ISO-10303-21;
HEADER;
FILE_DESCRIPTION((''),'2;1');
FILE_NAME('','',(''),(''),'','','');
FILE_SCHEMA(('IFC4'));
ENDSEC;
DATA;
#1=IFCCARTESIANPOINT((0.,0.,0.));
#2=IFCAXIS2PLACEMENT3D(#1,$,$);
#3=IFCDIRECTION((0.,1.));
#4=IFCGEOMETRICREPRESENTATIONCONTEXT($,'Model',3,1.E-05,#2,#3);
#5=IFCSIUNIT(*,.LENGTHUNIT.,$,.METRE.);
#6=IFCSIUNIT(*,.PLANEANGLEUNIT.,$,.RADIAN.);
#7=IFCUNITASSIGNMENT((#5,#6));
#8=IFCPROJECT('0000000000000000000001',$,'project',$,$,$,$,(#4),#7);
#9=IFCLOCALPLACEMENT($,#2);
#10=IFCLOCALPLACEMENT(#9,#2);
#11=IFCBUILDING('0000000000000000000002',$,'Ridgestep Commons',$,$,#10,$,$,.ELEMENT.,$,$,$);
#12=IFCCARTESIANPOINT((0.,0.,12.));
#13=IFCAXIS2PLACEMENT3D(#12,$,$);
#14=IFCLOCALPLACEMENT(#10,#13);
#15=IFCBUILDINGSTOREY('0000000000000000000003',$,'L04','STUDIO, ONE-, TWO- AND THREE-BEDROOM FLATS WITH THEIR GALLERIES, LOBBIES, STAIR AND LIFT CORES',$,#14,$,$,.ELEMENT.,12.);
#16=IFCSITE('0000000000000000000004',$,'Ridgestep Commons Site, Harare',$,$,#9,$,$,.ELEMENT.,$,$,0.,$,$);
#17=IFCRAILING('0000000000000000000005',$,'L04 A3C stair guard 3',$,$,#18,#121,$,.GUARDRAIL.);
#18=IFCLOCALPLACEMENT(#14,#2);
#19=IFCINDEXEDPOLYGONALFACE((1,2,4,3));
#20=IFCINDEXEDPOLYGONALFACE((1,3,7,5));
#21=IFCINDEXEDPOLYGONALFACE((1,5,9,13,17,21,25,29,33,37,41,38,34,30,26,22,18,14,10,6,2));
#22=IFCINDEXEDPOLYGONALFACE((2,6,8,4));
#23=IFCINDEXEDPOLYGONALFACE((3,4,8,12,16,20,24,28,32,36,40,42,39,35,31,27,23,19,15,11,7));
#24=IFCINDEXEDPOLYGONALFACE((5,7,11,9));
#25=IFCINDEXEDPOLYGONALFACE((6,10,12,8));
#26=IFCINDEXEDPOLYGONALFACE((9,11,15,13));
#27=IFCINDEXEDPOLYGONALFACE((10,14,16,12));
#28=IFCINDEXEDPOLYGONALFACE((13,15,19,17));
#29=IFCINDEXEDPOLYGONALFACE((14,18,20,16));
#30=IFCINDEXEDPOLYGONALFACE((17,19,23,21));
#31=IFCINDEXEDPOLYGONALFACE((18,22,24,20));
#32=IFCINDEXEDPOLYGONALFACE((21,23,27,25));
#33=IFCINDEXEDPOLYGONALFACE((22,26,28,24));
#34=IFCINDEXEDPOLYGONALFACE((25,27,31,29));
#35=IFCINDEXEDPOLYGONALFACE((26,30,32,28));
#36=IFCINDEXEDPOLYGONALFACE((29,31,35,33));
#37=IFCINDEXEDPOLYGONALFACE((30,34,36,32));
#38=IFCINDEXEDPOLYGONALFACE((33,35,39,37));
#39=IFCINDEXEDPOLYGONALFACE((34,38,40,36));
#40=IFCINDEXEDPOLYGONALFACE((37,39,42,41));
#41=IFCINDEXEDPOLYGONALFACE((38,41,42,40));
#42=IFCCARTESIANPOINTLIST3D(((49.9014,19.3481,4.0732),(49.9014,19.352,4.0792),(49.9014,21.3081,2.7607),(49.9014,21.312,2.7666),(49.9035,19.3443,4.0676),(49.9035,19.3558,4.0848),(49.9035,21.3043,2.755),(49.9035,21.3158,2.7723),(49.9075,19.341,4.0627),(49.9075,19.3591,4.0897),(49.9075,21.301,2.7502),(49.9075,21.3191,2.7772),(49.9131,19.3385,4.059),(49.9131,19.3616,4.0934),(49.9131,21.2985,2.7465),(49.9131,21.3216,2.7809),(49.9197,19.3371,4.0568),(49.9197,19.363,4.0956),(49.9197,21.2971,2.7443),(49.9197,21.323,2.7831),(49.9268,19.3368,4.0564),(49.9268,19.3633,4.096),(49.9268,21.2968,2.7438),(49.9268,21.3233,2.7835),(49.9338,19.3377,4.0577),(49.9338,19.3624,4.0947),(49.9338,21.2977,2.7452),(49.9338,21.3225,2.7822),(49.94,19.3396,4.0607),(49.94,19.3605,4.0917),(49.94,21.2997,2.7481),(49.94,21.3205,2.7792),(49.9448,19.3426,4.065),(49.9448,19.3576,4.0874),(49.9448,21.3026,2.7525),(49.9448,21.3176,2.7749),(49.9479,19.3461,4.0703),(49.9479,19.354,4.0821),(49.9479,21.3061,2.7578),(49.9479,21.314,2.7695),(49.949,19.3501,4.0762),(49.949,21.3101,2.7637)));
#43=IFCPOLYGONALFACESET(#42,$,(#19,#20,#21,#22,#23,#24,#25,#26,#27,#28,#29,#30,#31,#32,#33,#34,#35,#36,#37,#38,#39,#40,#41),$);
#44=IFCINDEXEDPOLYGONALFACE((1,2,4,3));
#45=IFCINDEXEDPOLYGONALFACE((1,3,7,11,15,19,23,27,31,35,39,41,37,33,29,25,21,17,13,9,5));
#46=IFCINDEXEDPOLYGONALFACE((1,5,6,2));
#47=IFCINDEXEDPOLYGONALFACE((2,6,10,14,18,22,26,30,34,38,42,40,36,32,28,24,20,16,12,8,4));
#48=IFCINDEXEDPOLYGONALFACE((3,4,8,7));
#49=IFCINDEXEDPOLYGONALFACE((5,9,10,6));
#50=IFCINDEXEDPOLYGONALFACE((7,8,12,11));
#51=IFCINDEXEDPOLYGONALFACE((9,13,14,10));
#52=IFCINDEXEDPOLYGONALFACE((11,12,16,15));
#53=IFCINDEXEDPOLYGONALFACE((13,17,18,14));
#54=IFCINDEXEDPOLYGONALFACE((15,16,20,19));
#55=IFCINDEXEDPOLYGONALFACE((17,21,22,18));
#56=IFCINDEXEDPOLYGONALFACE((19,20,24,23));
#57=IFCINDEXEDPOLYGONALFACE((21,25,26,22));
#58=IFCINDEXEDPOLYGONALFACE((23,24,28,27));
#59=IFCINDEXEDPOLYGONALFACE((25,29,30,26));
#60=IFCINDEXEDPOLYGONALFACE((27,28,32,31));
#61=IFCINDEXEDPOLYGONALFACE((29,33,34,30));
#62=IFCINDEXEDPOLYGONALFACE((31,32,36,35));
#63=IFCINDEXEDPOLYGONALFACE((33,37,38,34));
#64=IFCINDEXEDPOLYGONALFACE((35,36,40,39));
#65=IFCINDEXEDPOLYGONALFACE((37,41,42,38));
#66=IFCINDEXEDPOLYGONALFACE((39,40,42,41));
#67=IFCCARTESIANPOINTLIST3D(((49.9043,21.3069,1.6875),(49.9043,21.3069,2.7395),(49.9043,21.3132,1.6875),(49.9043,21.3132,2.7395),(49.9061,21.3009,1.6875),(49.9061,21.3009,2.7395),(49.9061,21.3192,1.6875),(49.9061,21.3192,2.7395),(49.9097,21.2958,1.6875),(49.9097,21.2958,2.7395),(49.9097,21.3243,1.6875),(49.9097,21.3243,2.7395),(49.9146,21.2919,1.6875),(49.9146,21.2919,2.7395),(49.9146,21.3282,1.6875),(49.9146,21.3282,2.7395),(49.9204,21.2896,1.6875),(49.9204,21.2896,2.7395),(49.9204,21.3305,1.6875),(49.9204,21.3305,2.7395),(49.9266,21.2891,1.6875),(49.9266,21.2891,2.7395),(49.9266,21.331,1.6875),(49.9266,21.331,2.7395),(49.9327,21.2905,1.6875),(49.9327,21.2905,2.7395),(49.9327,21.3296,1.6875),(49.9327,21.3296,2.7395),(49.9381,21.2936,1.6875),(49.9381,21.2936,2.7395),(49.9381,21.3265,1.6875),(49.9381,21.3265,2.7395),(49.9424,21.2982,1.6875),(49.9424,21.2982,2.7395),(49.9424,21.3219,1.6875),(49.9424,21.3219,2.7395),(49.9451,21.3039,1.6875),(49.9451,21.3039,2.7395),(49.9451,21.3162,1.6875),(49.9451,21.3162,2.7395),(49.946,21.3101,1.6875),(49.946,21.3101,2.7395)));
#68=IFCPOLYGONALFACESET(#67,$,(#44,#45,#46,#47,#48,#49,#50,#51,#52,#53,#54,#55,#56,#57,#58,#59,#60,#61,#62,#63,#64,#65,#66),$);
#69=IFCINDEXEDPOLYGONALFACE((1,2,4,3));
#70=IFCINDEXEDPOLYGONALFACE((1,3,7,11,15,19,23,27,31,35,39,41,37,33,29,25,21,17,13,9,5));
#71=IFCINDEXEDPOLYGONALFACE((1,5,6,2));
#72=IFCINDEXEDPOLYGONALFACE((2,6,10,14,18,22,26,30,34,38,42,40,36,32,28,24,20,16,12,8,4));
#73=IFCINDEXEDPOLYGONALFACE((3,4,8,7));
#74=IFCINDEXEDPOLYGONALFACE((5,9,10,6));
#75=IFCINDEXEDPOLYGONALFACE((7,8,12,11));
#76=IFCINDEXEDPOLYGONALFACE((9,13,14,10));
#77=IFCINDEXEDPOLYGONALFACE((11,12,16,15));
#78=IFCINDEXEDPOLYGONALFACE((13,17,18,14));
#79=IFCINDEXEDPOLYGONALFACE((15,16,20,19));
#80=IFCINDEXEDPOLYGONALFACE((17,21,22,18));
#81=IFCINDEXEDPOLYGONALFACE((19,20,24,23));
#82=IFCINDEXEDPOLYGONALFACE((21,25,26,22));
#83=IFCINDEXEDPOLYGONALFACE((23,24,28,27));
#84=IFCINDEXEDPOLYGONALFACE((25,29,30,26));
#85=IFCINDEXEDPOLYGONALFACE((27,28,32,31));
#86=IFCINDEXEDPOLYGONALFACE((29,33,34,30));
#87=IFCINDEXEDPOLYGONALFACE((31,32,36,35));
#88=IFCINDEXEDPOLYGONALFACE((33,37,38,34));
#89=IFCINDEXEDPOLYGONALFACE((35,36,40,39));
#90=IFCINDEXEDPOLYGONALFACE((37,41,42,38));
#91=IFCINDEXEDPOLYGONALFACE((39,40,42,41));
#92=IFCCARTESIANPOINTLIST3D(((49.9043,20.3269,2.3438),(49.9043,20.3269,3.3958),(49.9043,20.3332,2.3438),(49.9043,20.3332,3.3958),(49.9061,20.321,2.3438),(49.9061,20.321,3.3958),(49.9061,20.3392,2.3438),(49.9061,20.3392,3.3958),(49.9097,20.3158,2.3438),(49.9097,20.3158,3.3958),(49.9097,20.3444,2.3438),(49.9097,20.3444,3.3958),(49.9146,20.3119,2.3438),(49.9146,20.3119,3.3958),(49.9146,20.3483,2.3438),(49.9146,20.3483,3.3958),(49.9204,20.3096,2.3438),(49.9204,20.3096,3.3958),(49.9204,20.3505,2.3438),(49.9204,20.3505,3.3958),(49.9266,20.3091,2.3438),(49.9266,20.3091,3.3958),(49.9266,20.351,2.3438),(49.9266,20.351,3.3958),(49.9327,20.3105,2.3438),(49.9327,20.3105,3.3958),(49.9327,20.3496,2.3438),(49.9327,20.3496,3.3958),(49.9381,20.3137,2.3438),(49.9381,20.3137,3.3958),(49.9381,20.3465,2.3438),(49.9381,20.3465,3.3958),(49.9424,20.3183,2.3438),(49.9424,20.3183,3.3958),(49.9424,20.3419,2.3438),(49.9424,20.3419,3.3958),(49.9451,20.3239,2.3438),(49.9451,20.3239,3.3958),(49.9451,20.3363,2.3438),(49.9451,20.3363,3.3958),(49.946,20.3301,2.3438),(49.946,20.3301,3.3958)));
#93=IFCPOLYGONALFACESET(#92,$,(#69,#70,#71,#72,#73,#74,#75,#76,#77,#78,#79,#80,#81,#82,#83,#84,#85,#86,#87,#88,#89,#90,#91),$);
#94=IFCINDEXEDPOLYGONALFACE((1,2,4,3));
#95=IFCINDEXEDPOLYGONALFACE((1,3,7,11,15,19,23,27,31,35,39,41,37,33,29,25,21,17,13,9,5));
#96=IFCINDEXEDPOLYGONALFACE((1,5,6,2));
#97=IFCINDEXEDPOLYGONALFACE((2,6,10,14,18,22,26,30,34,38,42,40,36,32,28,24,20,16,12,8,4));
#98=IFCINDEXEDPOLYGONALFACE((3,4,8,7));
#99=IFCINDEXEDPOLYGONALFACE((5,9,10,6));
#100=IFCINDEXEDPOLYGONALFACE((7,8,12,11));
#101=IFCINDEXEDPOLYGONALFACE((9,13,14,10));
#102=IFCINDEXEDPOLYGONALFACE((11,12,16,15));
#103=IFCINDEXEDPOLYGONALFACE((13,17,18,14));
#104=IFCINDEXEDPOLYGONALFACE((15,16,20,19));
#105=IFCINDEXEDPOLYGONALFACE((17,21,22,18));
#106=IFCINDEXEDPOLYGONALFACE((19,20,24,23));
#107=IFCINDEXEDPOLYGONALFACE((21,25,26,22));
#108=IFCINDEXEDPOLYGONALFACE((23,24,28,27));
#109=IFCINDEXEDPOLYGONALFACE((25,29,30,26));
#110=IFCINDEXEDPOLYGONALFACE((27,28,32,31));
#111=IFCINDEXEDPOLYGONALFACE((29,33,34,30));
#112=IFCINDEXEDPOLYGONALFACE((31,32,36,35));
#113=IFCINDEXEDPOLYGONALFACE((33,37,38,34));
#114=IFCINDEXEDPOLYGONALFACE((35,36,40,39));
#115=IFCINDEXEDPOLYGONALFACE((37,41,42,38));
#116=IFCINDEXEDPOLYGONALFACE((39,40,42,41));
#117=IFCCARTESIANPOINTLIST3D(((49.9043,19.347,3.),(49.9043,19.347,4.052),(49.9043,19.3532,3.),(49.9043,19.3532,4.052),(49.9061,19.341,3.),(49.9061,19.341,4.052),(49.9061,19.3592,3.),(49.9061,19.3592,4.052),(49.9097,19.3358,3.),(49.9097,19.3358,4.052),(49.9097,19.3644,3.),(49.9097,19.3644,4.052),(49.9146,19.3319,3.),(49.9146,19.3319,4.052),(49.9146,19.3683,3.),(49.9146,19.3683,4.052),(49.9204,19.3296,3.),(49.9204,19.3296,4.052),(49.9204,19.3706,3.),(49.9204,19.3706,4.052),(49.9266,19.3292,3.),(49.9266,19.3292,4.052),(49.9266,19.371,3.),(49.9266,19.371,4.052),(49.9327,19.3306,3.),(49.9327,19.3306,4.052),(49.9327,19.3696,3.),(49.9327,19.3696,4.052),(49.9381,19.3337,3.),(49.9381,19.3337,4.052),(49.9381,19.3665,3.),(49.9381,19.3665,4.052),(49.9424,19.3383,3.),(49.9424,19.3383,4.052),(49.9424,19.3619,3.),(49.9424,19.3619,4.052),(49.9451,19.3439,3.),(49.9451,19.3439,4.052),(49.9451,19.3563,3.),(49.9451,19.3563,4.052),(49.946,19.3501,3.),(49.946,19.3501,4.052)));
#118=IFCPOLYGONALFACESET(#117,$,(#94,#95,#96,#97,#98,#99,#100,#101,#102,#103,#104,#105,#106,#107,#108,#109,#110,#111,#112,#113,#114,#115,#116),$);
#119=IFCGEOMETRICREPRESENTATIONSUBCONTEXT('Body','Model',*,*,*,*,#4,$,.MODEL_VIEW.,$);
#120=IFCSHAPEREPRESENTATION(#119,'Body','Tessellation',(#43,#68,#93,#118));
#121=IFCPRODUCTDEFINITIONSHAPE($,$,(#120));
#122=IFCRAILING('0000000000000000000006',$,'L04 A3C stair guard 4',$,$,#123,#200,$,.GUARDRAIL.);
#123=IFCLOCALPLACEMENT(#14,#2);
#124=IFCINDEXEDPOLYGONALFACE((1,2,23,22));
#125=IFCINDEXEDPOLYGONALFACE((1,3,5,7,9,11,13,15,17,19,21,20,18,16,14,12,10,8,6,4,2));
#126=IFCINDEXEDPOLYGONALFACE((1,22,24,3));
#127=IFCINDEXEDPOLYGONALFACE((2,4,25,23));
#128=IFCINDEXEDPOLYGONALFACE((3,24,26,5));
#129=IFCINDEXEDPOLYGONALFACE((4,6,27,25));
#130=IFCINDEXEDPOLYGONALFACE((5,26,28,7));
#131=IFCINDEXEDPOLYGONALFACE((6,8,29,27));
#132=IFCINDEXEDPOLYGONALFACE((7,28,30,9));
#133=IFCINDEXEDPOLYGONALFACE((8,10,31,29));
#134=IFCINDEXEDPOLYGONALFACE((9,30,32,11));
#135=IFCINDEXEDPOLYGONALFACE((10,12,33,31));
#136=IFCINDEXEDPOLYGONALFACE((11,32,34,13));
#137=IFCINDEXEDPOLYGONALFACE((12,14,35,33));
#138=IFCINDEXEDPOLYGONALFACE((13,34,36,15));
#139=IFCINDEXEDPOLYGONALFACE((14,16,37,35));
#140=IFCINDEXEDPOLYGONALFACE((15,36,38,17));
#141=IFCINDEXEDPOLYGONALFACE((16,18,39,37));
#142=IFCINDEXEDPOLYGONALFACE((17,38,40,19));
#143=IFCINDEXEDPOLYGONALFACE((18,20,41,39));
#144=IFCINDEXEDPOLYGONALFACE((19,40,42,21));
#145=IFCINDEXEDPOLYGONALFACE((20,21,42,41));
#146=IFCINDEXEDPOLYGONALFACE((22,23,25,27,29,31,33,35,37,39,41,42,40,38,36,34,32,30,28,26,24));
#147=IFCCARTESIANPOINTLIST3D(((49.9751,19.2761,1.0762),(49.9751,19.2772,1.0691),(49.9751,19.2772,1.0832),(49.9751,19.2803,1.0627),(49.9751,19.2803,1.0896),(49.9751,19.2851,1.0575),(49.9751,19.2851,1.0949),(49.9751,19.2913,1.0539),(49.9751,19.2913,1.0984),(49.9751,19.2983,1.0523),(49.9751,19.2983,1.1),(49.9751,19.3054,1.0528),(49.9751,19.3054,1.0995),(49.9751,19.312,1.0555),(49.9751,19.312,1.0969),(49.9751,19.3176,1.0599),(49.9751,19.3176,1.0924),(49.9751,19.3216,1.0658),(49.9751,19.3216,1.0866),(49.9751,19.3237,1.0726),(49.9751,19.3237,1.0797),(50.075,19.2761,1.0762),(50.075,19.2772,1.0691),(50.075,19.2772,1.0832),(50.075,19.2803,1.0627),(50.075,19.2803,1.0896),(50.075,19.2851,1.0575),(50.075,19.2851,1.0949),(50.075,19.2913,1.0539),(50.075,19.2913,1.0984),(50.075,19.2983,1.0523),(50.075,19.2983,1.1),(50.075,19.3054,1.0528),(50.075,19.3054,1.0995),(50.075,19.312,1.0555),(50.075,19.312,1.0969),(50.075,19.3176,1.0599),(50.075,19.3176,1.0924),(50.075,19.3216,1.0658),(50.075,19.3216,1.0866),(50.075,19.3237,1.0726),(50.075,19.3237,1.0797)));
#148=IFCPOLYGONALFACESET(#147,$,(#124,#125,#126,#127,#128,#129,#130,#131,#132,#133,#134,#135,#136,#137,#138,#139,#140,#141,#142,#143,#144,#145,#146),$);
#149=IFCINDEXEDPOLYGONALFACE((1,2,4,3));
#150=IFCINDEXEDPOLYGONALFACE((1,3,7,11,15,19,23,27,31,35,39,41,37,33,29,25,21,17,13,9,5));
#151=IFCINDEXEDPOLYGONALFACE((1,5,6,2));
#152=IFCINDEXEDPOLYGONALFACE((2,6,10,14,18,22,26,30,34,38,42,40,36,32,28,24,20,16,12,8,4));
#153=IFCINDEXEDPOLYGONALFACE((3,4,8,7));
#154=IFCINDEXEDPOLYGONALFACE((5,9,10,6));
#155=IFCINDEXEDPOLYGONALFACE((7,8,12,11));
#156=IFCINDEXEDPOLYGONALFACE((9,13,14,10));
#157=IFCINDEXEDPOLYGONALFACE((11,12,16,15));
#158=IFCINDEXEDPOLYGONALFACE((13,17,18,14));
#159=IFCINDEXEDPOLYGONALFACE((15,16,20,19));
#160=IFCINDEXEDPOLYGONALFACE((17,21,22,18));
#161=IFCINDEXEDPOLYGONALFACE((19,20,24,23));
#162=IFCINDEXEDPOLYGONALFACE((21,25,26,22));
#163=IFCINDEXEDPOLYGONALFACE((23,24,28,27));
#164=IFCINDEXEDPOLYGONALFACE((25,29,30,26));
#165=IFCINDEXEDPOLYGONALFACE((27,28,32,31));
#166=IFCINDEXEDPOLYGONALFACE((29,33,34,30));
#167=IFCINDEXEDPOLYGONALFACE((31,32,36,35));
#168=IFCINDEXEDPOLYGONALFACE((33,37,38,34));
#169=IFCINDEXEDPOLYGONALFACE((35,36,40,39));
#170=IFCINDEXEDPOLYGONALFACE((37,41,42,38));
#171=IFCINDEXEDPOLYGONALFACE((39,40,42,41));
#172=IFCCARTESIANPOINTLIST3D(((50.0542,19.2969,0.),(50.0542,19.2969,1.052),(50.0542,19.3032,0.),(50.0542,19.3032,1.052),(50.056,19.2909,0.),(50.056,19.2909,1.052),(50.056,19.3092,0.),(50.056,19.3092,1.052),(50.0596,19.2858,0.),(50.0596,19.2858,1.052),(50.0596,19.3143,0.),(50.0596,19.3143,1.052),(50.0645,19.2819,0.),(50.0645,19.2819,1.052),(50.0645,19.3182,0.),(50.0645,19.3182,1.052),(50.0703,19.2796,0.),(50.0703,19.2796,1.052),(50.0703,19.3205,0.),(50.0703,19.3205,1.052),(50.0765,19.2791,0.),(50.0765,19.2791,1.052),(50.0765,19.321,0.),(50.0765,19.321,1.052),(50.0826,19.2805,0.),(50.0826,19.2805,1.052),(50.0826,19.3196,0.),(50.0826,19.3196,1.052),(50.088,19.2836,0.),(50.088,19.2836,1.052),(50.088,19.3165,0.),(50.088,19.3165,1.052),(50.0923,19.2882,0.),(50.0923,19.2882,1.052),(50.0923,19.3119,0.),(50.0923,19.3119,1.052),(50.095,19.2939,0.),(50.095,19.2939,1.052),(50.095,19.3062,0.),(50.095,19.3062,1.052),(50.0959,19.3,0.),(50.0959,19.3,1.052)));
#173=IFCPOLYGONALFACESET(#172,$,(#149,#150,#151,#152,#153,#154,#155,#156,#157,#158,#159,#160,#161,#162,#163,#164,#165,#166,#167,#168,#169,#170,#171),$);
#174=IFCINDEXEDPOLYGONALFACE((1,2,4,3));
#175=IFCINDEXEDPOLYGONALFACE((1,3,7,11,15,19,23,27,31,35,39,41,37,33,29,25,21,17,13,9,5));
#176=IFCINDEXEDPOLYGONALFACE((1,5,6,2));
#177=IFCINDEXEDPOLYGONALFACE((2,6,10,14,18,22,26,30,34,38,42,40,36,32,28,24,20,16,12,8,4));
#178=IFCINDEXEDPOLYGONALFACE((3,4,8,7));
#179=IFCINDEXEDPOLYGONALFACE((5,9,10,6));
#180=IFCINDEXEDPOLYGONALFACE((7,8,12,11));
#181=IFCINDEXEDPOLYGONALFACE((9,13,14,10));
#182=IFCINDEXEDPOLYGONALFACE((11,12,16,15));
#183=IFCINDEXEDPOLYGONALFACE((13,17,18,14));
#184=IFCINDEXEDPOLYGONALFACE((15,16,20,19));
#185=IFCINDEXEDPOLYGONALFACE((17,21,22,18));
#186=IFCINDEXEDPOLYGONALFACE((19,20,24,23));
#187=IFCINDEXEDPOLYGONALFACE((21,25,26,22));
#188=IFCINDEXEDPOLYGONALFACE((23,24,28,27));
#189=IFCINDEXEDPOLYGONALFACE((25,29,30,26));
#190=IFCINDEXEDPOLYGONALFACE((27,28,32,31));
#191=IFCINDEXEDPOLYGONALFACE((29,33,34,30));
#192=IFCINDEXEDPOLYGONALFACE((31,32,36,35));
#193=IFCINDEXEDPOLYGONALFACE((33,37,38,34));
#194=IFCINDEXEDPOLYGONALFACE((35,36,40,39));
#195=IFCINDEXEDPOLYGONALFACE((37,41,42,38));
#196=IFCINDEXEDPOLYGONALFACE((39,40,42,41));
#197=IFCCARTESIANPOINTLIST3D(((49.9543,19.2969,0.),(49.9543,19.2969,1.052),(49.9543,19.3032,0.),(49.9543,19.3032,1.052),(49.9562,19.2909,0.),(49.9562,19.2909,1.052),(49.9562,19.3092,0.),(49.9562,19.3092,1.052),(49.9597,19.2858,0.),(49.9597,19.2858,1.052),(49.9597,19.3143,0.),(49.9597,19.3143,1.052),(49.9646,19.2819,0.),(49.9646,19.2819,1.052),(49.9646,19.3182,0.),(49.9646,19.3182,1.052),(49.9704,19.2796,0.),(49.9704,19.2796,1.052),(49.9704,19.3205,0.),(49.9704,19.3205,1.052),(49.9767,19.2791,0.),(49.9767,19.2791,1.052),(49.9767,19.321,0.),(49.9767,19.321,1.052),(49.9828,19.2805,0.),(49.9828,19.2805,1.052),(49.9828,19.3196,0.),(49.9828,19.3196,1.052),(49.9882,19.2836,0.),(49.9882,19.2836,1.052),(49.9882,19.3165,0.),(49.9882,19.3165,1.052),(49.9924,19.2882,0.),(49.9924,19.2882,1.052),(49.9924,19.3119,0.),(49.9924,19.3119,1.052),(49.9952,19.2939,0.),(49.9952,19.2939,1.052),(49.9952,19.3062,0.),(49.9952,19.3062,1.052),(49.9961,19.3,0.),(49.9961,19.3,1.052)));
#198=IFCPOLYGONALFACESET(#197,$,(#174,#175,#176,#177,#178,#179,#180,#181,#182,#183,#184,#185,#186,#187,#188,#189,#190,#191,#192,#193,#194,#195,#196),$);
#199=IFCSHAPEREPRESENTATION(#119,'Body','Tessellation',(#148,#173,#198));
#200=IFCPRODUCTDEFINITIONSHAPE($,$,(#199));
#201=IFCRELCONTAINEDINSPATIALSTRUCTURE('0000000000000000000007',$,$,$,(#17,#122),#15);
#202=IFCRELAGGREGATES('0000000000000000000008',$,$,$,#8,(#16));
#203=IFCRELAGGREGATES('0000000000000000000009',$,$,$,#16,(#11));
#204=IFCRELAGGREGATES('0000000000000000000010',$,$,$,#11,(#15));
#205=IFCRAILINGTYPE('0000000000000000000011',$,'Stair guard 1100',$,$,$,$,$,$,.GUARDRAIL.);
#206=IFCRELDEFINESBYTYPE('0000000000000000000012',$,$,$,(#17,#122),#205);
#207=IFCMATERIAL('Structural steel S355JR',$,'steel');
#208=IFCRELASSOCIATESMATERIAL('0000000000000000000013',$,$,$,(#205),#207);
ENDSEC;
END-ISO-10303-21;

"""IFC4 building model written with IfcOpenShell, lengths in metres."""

from ifc_helpers import new_model, si_unit, direction, frame, origin, origin_2d, place, context, subcontext, project, spatial, circle, extrude, material, type_object, element, save


model = new_model("IFC4")

# Units and contexts
model_context = context("Model", 3, precision=1e-05, world=origin(), true_north=direction((0.0, 1.0)))
body_context = subcontext(model_context, "Body", "Model", "MODEL_VIEW")
ifc_project = project(units=[si_unit("LENGTHUNIT", "METRE"), si_unit("PLANEANGLEUNIT", "RADIAN")], contexts=[model_context])

# Site, building, storey
site_placement = place(None, origin())
site = spatial("IfcSite", under=ifc_project, at=site_placement, Name="Ridgestep Commons Site, Harare", CompositionType="ELEMENT", RefElevation=0.0)
building_placement = place(site_placement, origin())
building = spatial("IfcBuilding", under=site, at=building_placement, Name="Ridgestep Commons", CompositionType="ELEMENT")
storey_placement = place(building_placement, frame((0.0, 0.0, 12.0)))
storey = spatial("IfcBuildingStorey", under=building, at=storey_placement, Name="L04", Description="STUDIO, ONE-, TWO- AND THREE-BEDROOM FLATS WITH THEIR GALLERIES, LOBBIES, STAIR AND LIFT CORES", CompositionType="ELEMENT", Elevation=12.0)

# Railings
ifc_material_1 = material(Name="Structural steel S355JR", Category="steel")
railing_type_1 = type_object("IfcRailingType", Name="Stair guard 1100", PredefinedType="GUARDRAIL", material=ifc_material_1)
railing_1_placement = place(storey_placement, frame((49.925, 21.3101, 1.6875)))
element("IfcRailing", 1, at=railing_1_placement, inside=storey, type_object=railing_type_1, Name="L04 A3C stair guard 3", PredefinedType="GUARDRAIL", context=body_context, shape_type="SweptSolid", body=[
    extrude(circle(Radius=0.0239, at=origin_2d()), frame((0.0, 0.0, 1.0762), z_axis=(0.0, -0.830902, 0.556419), x_axis=(1.0, 0.0, 0.0)), (0.0, 0.0, 1.0), 2.3589),
    extrude(circle(Radius=0.021, at=origin_2d()), origin(), (0.0, 0.0, 1.0), 1.052),
    extrude(circle(Radius=0.021, at=origin_2d()), frame((0.0, -0.98, 0.6562)), (0.0, 0.0, 1.0), 1.052),
    extrude(circle(Radius=0.021, at=origin_2d()), frame((0.0, -1.96, 1.3125)), (0.0, 0.0, 1.0), 1.052),
])
railing_2_placement = place(storey_placement, frame((50.075, 19.3, 0.0)))
element("IfcRailing", 2, at=railing_2_placement, inside=storey, type_object=railing_type_1, Name="L04 A3C stair guard 4", PredefinedType="GUARDRAIL", context=body_context, shape_type="SweptSolid", body=[
    extrude(circle(Radius=0.0239, at=origin_2d()), frame((0.0, 0.0, 1.0762), z_axis=(-1.0, 0.0, 0.0), x_axis=(0.0, -1.0, 0.0)), (0.0, 0.0, 1.0), 0.0999),
    extrude(circle(Radius=0.021, at=origin_2d()), origin(), (0.0, 0.0, 1.0), 1.052),
    extrude(circle(Radius=0.021, at=origin_2d()), frame((-0.0999, 0.0, 0.0)), (0.0, 0.0, 1.0), 1.052),
])

save(model, "model.ifc")
